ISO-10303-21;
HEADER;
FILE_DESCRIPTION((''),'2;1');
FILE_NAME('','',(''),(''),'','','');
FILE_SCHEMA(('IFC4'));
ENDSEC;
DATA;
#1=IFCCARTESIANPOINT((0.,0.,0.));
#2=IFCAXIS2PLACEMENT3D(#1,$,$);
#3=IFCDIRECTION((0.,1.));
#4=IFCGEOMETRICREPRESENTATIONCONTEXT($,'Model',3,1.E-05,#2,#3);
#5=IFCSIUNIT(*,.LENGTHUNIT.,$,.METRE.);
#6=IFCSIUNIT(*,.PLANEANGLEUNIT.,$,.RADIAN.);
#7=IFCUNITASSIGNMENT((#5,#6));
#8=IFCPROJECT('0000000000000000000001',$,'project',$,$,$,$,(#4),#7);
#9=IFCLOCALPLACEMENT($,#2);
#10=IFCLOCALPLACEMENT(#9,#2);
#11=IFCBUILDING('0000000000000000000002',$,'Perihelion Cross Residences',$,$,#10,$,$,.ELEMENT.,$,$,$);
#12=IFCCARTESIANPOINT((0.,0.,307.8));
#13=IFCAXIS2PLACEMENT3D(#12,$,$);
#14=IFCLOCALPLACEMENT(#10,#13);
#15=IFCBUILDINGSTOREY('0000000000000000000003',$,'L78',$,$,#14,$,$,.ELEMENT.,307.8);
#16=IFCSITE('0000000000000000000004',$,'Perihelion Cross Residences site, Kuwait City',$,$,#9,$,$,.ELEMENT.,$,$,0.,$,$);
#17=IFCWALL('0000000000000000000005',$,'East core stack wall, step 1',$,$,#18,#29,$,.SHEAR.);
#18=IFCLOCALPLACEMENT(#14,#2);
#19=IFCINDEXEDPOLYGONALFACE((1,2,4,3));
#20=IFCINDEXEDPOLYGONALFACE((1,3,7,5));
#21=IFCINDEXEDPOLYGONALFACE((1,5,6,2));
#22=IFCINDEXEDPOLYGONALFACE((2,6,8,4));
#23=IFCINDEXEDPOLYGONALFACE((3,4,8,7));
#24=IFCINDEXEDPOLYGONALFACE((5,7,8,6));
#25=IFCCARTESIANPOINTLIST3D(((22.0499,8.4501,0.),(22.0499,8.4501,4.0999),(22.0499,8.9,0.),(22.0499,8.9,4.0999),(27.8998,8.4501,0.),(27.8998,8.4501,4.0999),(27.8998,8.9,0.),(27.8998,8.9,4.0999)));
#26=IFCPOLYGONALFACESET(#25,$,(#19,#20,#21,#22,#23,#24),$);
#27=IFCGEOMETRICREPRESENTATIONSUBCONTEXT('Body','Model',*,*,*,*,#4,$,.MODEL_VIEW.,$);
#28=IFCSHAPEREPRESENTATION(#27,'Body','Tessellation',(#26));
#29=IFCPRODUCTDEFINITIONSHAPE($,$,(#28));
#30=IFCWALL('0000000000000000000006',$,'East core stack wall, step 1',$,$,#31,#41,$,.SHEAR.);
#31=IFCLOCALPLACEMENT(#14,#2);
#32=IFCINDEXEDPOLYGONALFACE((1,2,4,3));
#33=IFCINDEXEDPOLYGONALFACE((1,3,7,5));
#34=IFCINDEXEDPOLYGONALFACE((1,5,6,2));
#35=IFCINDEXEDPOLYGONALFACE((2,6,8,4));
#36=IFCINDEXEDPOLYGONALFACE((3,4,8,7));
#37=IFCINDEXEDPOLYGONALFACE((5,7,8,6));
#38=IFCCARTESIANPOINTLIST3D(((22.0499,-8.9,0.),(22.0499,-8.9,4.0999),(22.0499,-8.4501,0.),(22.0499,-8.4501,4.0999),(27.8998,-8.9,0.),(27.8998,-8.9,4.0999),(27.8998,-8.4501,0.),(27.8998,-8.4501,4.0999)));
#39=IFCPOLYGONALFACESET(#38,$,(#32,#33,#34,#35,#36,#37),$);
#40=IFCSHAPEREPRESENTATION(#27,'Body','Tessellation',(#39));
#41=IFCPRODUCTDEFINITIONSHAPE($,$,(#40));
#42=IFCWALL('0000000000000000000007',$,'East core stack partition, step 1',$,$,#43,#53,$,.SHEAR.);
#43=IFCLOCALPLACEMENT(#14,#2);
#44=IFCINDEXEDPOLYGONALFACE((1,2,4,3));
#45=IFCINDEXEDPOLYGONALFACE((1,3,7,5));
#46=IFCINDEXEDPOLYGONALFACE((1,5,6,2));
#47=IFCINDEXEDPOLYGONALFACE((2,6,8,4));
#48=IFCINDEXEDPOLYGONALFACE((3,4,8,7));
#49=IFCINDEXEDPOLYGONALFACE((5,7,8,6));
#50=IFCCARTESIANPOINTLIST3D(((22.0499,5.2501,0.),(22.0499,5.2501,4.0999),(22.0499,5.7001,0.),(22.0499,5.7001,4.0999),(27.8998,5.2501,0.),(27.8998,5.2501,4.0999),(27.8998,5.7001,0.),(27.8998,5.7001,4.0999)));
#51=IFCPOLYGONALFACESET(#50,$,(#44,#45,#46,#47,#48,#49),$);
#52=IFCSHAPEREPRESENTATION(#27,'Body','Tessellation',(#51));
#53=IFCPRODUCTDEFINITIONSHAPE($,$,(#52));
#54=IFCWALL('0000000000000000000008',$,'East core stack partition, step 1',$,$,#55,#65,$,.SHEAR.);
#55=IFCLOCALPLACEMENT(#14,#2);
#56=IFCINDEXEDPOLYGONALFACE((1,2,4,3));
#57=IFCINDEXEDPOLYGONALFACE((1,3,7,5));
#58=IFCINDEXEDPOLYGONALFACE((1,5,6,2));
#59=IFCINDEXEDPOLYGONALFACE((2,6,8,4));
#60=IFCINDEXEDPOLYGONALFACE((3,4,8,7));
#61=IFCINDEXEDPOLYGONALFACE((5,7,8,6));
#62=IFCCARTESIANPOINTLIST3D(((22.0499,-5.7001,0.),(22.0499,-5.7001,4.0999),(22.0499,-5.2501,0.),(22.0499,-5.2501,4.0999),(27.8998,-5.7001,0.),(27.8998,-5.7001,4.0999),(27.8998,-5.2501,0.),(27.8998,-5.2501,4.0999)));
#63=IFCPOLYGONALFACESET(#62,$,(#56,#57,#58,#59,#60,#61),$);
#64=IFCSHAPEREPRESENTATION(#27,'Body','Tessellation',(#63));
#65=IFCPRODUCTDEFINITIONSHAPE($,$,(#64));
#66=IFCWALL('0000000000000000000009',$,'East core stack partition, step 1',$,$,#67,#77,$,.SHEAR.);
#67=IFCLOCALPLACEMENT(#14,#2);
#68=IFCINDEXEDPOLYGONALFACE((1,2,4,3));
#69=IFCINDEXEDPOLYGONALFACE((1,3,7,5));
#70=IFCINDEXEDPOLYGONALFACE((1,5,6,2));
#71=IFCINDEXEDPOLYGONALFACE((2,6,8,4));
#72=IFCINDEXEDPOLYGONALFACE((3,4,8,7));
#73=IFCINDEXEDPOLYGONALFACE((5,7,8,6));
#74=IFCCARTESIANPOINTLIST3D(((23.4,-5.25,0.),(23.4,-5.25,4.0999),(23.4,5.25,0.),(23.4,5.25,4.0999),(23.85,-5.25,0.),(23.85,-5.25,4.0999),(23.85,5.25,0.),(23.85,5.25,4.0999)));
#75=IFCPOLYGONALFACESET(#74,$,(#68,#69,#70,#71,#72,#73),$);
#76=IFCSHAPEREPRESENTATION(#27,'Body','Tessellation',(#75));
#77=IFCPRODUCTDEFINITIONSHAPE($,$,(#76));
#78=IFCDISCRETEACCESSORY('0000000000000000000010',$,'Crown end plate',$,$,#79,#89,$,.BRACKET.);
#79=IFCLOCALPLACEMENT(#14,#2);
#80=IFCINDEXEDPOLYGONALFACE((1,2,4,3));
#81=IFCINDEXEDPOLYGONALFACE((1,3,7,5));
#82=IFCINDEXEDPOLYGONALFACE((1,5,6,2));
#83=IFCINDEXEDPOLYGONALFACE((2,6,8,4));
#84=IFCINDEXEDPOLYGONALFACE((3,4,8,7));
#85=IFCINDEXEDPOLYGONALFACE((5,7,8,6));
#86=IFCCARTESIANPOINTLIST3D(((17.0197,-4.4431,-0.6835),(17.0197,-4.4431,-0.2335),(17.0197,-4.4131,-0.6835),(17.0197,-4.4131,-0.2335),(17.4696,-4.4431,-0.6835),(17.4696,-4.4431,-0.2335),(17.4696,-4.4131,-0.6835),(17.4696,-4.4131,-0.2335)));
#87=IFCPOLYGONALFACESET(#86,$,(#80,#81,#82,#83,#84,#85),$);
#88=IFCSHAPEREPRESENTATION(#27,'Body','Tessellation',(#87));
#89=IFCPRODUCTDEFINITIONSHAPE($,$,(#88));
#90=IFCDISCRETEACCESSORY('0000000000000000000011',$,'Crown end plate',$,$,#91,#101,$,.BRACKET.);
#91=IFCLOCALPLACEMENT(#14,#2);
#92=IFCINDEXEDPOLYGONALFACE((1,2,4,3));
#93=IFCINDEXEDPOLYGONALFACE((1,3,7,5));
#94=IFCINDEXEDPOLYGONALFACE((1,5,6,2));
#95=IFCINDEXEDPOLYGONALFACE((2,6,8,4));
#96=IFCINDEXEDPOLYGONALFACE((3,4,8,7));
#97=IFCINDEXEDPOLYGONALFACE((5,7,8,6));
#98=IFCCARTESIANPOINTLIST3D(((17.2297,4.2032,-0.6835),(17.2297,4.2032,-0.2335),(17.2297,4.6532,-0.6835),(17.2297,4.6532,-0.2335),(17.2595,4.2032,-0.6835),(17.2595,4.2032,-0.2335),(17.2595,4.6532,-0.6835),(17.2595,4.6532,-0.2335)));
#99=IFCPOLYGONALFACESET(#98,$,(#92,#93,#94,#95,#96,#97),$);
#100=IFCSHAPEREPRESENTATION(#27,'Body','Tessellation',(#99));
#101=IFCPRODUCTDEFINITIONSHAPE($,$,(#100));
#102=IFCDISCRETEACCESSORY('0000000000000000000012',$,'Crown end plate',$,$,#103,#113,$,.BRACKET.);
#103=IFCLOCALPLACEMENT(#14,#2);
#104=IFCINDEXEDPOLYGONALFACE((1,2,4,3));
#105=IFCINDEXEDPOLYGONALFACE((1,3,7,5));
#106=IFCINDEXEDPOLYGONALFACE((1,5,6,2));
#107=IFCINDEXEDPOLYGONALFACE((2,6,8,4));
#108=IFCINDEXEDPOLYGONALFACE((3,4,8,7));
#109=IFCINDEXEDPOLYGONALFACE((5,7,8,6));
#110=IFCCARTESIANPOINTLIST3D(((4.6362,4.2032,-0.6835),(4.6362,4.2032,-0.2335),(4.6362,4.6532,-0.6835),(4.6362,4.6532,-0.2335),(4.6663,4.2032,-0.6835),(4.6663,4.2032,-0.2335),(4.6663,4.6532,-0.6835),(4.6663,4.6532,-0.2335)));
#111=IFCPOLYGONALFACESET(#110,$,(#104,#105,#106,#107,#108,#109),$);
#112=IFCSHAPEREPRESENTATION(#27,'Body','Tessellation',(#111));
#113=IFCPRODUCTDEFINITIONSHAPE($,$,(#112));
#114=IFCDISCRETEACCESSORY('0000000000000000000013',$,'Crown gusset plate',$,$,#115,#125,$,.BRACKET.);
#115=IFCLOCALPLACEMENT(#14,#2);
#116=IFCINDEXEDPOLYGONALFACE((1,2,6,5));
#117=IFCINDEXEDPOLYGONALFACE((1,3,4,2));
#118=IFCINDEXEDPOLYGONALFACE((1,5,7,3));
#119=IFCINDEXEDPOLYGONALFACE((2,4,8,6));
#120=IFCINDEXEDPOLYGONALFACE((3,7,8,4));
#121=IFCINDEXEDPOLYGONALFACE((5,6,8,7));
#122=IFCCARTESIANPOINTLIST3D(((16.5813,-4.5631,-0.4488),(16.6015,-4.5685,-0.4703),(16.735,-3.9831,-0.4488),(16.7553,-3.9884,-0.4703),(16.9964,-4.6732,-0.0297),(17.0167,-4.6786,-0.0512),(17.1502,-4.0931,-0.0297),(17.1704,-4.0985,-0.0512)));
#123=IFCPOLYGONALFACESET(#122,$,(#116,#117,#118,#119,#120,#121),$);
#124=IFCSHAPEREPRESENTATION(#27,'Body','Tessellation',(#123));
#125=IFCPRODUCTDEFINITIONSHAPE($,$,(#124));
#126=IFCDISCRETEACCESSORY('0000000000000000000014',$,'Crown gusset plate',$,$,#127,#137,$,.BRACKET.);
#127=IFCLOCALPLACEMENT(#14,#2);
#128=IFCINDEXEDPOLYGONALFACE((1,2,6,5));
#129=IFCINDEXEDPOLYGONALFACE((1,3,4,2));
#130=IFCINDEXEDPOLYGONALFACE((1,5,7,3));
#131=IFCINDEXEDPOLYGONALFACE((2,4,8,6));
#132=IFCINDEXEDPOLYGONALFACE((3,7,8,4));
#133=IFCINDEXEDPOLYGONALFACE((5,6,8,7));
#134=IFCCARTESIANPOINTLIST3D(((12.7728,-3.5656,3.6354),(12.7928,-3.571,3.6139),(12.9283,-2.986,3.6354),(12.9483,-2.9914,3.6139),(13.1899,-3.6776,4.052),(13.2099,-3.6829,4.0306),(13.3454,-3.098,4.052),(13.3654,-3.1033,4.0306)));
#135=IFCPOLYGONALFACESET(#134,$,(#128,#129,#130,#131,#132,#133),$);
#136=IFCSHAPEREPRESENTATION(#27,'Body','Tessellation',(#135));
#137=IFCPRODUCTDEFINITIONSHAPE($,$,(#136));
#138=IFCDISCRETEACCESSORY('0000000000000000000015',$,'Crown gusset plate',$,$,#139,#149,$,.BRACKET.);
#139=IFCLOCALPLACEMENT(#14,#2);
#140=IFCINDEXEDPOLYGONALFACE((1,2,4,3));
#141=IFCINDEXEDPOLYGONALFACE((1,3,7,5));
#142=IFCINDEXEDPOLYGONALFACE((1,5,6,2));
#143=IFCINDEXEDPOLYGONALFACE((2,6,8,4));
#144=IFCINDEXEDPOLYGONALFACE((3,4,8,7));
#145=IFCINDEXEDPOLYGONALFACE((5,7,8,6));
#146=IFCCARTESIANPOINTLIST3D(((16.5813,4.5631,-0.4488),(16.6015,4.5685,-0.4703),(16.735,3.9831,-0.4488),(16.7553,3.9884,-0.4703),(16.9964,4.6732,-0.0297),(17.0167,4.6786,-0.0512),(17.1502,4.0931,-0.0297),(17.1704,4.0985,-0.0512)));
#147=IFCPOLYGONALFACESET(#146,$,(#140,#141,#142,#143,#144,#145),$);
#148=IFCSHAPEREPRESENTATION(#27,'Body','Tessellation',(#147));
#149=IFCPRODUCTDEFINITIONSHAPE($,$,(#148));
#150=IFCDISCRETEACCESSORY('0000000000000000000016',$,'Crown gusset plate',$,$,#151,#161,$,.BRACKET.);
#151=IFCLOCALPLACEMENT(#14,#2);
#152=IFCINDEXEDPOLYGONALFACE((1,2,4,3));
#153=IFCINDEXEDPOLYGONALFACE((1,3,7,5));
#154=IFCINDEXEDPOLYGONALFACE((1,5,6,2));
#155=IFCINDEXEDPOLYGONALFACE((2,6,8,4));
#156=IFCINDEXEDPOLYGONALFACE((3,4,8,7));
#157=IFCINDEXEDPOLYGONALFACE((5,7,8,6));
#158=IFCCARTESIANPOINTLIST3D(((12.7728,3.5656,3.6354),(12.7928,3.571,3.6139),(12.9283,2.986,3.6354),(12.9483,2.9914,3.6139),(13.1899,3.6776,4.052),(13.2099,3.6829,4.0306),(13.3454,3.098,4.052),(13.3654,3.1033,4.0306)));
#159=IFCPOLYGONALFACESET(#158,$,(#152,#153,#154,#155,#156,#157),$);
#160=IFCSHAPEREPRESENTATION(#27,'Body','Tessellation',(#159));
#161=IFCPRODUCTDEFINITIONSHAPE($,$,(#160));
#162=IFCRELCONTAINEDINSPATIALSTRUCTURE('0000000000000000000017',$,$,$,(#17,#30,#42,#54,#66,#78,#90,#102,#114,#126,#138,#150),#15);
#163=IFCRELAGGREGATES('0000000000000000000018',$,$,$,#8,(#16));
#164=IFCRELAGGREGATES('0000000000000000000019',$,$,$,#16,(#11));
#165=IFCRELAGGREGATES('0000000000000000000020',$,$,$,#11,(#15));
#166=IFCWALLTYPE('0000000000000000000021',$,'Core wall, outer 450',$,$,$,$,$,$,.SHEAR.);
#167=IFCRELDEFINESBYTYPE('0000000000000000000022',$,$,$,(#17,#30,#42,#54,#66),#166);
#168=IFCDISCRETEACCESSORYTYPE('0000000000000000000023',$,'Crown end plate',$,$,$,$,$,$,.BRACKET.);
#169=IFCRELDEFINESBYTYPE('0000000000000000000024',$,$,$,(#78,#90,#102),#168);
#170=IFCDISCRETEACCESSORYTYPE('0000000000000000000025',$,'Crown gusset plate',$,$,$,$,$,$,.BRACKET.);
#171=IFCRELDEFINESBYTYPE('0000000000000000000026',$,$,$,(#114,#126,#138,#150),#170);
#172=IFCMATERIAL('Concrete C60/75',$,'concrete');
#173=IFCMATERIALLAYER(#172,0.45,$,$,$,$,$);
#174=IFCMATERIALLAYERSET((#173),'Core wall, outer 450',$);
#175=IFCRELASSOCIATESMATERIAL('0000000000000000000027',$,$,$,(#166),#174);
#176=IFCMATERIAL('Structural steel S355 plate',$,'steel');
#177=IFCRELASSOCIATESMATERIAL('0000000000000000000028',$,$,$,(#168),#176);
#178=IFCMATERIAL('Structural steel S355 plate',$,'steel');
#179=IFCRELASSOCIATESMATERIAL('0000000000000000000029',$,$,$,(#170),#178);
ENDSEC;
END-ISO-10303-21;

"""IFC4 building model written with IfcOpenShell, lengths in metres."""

from ifc_helpers import new_model, si_unit, direction, frame, frame_2d, origin, origin_2d, place, context, subcontext, project, spatial, rectangle, extrude, material, layer, layer_set, material_profile, profile_set, type_object, element, save


model = new_model("IFC4")

# Units and contexts
model_context = context("Model", 3, precision=1e-05, world=origin(), true_north=direction((0.0, 1.0)))
body_context = subcontext(model_context, "Body", "Model", "MODEL_VIEW")
ifc_project = project(units=[si_unit("LENGTHUNIT", "METRE"), si_unit("PLANEANGLEUNIT", "RADIAN")], contexts=[model_context])

# Site, building, storey
site_placement = place(None, origin())
site = spatial("IfcSite", under=ifc_project, at=site_placement, Name="Perihelion Cross Residences site, Kuwait City", CompositionType="ELEMENT", RefElevation=0.0)
building_placement = place(site_placement, origin())
building = spatial("IfcBuilding", under=site, at=building_placement, Name="Perihelion Cross Residences", CompositionType="ELEMENT")
storey_placement = place(building_placement, frame((0.0, 0.0, 307.8)))
storey = spatial("IfcBuildingStorey", under=building, at=storey_placement, Name="L78", CompositionType="ELEMENT", Elevation=307.8)

# Walls
ifc_material_1 = material(Name="Concrete C60/75", Category="concrete")
ifc_layer_1 = layer(ifc_material_1, 0.45)
ifc_layer_set_1 = layer_set([ifc_layer_1], Name="Core wall, outer 450")
wall_type = type_object("IfcWallType", Name="Core wall, outer 450", PredefinedType="SHEAR", material=ifc_layer_set_1)
for number, where, z_axis, x_axis, name in (
    (1, (22.05, 8.675, 0.0), (0.0, 0.0, 1.0), (1.0, 0.0, 0.0), "East core stack wall, step 1"),
    (2, (22.05, -8.675, 0.0), (0.0, 0.0, 1.0), (1.0, 0.0, 0.0), "East core stack wall, step 1"),
    (3, (22.05, 5.4751, 0.0), (0.0, 0.0, 1.0), (1.0, 0.0, 0.0), "East core stack partition, step 1"),
    (4, (22.05, -5.4751, 0.0), (0.0, 0.0, 1.0), (1.0, 0.0, 0.0), "East core stack partition, step 1"),
):
    element("IfcWall", number, at=place(storey_placement, frame(where, z_axis=z_axis, x_axis=x_axis)), inside=storey, type_object=wall_type, Name=name, PredefinedType="SHEAR", context=body_context, shape_type="SweptSolid", body=[
        extrude(rectangle(XDim=5.8499, YDim=0.45, at=frame_2d((2.9248, 0.0))), origin(), (0.0, 0.0, 1.0), 4.0999),
    ])
wall_placement = place(storey_placement, frame((23.625, -5.25, 0.0), z_axis=(0.0, 0.0, 1.0), x_axis=(0.0, 1.0, 0.0)))
element("IfcWall", 5, at=wall_placement, inside=storey, type_object=wall_type, Name="East core stack partition, step 1", PredefinedType="SHEAR", context=body_context, shape_type="SweptSolid", body=[
    extrude(rectangle(XDim=10.5, YDim=0.45, at=frame_2d((5.25, 0.0))), origin(), (0.0, 0.0, 1.0), 4.0999),
])

# Discrete accessories
ifc_material_2 = material(Name="Structural steel S355 plate", Category="steel")
ifc_material_profile_1 = material_profile(ifc_material_2, rectangle(XDim=0.45, YDim=0.45, at=origin_2d()), Name="Crown end plate")
ifc_profile_set_1 = profile_set([ifc_material_profile_1], Name="Structural steel S355 plate")
discrete_accessory_type_1 = type_object("IfcDiscreteAccessoryType", Name="Crown end plate", PredefinedType="BRACKET", material=ifc_profile_set_1)
discrete_accessory_1_placement = place(storey_placement, frame((17.2446, -4.4431, -0.4585), z_axis=(0.0, 1.0, 0.0), x_axis=(-1.0, 0.0, 0.0)))
element("IfcDiscreteAccessory", 6, at=discrete_accessory_1_placement, inside=storey, type_object=discrete_accessory_type_1, Name="Crown end plate", PredefinedType="BRACKET", context=body_context, shape_type="SweptSolid", body=[
    extrude(rectangle(XDim=0.45, YDim=0.45, at=origin_2d()), origin(), (0.0, 0.0, 1.0), 0.03),
])
discrete_accessory_2_placement = place(storey_placement, frame((17.2595, 4.4282, -0.4585), z_axis=(-1.0, 0.0, 0.0), x_axis=(0.0, -1.0, 0.0)))
element("IfcDiscreteAccessory", 7, at=discrete_accessory_2_placement, inside=storey, type_object=discrete_accessory_type_1, Name="Crown end plate", PredefinedType="BRACKET", context=body_context, shape_type="SweptSolid", body=[
    extrude(rectangle(XDim=0.45, YDim=0.45, at=origin_2d()), origin(), (0.0, 0.0, 1.0), 0.0298),
])
discrete_accessory_3_placement = place(storey_placement, frame((4.6663, 4.4282, -0.4585), z_axis=(-1.0, 0.0, 0.0), x_axis=(0.0, -1.0, 0.0)))
element("IfcDiscreteAccessory", 8, at=discrete_accessory_3_placement, inside=storey, type_object=discrete_accessory_type_1, Name="Crown end plate", PredefinedType="BRACKET", context=body_context, shape_type="SweptSolid", body=[
    extrude(rectangle(XDim=0.45, YDim=0.45, at=origin_2d()), origin(), (0.0, 0.0, 1.0), 0.03),
])
ifc_material_3 = material(Name="Structural steel S355 plate", Category="steel")
ifc_material_profile_2 = material_profile(ifc_material_3, rectangle(XDim=0.6001, YDim=0.6001, at=origin_2d()), Name="Crown gusset plate")
ifc_profile_set_2 = profile_set([ifc_material_profile_2], Name="Structural steel S355 plate")
discrete_accessory_type_2 = type_object("IfcDiscreteAccessoryType", Name="Crown gusset plate", PredefinedType="BRACKET", material=ifc_profile_set_2)
discrete_accessory_4_placement = place(storey_placement, frame((16.886, -4.3335, -0.2607), z_axis=(-0.675065, 0.178933, 0.715731), x_axis=(-0.256213, -0.96662, 0.0)))
element("IfcDiscreteAccessory", 9, at=discrete_accessory_4_placement, inside=storey, type_object=discrete_accessory_type_2, Name="Crown gusset plate", PredefinedType="BRACKET", context=body_context, shape_type="SweptSolid", body=[
    extrude(rectangle(XDim=0.6001, YDim=0.6001, at=origin_2d()), origin(), (0.0, 0.0, 1.0), 0.03),
])
discrete_accessory_5_placement = place(storey_placement, frame((13.0791, -3.3372, 3.8223), z_axis=(-0.670601, 0.179917, 0.719669), x_axis=(-0.259129, -0.965843, 0.0)))
element("IfcDiscreteAccessory", 10, at=discrete_accessory_5_placement, inside=storey, type_object=discrete_accessory_type_2, Name="Crown gusset plate", PredefinedType="BRACKET", context=body_context, shape_type="SweptSolid", body=[
    extrude(rectangle(XDim=0.6001, YDim=0.6001, at=origin_2d()), origin(), (0.0, 0.0, 1.0), 0.0298),
])
discrete_accessory_6_placement = place(storey_placement, frame((16.886, 4.3335, -0.2607), z_axis=(-0.675065, -0.178933, 0.715731), x_axis=(0.256213, -0.96662, 0.0)))
element("IfcDiscreteAccessory", 11, at=discrete_accessory_6_placement, inside=storey, type_object=discrete_accessory_type_2, Name="Crown gusset plate", PredefinedType="BRACKET", context=body_context, shape_type="SweptSolid", body=[
    extrude(rectangle(XDim=0.6001, YDim=0.6001, at=origin_2d()), origin(), (0.0, 0.0, 1.0), 0.03),
])
discrete_accessory_7_placement = place(storey_placement, frame((13.0791, 3.3372, 3.8223), z_axis=(-0.670601, -0.179917, 0.719669), x_axis=(0.259129, -0.965843, 0.0)))
element("IfcDiscreteAccessory", 12, at=discrete_accessory_7_placement, inside=storey, type_object=discrete_accessory_type_2, Name="Crown gusset plate", PredefinedType="BRACKET", context=body_context, shape_type="SweptSolid", body=[
    extrude(rectangle(XDim=0.6001, YDim=0.6001, at=origin_2d()), origin(), (0.0, 0.0, 1.0), 0.0298),
])

save(model, "model.ifc")
